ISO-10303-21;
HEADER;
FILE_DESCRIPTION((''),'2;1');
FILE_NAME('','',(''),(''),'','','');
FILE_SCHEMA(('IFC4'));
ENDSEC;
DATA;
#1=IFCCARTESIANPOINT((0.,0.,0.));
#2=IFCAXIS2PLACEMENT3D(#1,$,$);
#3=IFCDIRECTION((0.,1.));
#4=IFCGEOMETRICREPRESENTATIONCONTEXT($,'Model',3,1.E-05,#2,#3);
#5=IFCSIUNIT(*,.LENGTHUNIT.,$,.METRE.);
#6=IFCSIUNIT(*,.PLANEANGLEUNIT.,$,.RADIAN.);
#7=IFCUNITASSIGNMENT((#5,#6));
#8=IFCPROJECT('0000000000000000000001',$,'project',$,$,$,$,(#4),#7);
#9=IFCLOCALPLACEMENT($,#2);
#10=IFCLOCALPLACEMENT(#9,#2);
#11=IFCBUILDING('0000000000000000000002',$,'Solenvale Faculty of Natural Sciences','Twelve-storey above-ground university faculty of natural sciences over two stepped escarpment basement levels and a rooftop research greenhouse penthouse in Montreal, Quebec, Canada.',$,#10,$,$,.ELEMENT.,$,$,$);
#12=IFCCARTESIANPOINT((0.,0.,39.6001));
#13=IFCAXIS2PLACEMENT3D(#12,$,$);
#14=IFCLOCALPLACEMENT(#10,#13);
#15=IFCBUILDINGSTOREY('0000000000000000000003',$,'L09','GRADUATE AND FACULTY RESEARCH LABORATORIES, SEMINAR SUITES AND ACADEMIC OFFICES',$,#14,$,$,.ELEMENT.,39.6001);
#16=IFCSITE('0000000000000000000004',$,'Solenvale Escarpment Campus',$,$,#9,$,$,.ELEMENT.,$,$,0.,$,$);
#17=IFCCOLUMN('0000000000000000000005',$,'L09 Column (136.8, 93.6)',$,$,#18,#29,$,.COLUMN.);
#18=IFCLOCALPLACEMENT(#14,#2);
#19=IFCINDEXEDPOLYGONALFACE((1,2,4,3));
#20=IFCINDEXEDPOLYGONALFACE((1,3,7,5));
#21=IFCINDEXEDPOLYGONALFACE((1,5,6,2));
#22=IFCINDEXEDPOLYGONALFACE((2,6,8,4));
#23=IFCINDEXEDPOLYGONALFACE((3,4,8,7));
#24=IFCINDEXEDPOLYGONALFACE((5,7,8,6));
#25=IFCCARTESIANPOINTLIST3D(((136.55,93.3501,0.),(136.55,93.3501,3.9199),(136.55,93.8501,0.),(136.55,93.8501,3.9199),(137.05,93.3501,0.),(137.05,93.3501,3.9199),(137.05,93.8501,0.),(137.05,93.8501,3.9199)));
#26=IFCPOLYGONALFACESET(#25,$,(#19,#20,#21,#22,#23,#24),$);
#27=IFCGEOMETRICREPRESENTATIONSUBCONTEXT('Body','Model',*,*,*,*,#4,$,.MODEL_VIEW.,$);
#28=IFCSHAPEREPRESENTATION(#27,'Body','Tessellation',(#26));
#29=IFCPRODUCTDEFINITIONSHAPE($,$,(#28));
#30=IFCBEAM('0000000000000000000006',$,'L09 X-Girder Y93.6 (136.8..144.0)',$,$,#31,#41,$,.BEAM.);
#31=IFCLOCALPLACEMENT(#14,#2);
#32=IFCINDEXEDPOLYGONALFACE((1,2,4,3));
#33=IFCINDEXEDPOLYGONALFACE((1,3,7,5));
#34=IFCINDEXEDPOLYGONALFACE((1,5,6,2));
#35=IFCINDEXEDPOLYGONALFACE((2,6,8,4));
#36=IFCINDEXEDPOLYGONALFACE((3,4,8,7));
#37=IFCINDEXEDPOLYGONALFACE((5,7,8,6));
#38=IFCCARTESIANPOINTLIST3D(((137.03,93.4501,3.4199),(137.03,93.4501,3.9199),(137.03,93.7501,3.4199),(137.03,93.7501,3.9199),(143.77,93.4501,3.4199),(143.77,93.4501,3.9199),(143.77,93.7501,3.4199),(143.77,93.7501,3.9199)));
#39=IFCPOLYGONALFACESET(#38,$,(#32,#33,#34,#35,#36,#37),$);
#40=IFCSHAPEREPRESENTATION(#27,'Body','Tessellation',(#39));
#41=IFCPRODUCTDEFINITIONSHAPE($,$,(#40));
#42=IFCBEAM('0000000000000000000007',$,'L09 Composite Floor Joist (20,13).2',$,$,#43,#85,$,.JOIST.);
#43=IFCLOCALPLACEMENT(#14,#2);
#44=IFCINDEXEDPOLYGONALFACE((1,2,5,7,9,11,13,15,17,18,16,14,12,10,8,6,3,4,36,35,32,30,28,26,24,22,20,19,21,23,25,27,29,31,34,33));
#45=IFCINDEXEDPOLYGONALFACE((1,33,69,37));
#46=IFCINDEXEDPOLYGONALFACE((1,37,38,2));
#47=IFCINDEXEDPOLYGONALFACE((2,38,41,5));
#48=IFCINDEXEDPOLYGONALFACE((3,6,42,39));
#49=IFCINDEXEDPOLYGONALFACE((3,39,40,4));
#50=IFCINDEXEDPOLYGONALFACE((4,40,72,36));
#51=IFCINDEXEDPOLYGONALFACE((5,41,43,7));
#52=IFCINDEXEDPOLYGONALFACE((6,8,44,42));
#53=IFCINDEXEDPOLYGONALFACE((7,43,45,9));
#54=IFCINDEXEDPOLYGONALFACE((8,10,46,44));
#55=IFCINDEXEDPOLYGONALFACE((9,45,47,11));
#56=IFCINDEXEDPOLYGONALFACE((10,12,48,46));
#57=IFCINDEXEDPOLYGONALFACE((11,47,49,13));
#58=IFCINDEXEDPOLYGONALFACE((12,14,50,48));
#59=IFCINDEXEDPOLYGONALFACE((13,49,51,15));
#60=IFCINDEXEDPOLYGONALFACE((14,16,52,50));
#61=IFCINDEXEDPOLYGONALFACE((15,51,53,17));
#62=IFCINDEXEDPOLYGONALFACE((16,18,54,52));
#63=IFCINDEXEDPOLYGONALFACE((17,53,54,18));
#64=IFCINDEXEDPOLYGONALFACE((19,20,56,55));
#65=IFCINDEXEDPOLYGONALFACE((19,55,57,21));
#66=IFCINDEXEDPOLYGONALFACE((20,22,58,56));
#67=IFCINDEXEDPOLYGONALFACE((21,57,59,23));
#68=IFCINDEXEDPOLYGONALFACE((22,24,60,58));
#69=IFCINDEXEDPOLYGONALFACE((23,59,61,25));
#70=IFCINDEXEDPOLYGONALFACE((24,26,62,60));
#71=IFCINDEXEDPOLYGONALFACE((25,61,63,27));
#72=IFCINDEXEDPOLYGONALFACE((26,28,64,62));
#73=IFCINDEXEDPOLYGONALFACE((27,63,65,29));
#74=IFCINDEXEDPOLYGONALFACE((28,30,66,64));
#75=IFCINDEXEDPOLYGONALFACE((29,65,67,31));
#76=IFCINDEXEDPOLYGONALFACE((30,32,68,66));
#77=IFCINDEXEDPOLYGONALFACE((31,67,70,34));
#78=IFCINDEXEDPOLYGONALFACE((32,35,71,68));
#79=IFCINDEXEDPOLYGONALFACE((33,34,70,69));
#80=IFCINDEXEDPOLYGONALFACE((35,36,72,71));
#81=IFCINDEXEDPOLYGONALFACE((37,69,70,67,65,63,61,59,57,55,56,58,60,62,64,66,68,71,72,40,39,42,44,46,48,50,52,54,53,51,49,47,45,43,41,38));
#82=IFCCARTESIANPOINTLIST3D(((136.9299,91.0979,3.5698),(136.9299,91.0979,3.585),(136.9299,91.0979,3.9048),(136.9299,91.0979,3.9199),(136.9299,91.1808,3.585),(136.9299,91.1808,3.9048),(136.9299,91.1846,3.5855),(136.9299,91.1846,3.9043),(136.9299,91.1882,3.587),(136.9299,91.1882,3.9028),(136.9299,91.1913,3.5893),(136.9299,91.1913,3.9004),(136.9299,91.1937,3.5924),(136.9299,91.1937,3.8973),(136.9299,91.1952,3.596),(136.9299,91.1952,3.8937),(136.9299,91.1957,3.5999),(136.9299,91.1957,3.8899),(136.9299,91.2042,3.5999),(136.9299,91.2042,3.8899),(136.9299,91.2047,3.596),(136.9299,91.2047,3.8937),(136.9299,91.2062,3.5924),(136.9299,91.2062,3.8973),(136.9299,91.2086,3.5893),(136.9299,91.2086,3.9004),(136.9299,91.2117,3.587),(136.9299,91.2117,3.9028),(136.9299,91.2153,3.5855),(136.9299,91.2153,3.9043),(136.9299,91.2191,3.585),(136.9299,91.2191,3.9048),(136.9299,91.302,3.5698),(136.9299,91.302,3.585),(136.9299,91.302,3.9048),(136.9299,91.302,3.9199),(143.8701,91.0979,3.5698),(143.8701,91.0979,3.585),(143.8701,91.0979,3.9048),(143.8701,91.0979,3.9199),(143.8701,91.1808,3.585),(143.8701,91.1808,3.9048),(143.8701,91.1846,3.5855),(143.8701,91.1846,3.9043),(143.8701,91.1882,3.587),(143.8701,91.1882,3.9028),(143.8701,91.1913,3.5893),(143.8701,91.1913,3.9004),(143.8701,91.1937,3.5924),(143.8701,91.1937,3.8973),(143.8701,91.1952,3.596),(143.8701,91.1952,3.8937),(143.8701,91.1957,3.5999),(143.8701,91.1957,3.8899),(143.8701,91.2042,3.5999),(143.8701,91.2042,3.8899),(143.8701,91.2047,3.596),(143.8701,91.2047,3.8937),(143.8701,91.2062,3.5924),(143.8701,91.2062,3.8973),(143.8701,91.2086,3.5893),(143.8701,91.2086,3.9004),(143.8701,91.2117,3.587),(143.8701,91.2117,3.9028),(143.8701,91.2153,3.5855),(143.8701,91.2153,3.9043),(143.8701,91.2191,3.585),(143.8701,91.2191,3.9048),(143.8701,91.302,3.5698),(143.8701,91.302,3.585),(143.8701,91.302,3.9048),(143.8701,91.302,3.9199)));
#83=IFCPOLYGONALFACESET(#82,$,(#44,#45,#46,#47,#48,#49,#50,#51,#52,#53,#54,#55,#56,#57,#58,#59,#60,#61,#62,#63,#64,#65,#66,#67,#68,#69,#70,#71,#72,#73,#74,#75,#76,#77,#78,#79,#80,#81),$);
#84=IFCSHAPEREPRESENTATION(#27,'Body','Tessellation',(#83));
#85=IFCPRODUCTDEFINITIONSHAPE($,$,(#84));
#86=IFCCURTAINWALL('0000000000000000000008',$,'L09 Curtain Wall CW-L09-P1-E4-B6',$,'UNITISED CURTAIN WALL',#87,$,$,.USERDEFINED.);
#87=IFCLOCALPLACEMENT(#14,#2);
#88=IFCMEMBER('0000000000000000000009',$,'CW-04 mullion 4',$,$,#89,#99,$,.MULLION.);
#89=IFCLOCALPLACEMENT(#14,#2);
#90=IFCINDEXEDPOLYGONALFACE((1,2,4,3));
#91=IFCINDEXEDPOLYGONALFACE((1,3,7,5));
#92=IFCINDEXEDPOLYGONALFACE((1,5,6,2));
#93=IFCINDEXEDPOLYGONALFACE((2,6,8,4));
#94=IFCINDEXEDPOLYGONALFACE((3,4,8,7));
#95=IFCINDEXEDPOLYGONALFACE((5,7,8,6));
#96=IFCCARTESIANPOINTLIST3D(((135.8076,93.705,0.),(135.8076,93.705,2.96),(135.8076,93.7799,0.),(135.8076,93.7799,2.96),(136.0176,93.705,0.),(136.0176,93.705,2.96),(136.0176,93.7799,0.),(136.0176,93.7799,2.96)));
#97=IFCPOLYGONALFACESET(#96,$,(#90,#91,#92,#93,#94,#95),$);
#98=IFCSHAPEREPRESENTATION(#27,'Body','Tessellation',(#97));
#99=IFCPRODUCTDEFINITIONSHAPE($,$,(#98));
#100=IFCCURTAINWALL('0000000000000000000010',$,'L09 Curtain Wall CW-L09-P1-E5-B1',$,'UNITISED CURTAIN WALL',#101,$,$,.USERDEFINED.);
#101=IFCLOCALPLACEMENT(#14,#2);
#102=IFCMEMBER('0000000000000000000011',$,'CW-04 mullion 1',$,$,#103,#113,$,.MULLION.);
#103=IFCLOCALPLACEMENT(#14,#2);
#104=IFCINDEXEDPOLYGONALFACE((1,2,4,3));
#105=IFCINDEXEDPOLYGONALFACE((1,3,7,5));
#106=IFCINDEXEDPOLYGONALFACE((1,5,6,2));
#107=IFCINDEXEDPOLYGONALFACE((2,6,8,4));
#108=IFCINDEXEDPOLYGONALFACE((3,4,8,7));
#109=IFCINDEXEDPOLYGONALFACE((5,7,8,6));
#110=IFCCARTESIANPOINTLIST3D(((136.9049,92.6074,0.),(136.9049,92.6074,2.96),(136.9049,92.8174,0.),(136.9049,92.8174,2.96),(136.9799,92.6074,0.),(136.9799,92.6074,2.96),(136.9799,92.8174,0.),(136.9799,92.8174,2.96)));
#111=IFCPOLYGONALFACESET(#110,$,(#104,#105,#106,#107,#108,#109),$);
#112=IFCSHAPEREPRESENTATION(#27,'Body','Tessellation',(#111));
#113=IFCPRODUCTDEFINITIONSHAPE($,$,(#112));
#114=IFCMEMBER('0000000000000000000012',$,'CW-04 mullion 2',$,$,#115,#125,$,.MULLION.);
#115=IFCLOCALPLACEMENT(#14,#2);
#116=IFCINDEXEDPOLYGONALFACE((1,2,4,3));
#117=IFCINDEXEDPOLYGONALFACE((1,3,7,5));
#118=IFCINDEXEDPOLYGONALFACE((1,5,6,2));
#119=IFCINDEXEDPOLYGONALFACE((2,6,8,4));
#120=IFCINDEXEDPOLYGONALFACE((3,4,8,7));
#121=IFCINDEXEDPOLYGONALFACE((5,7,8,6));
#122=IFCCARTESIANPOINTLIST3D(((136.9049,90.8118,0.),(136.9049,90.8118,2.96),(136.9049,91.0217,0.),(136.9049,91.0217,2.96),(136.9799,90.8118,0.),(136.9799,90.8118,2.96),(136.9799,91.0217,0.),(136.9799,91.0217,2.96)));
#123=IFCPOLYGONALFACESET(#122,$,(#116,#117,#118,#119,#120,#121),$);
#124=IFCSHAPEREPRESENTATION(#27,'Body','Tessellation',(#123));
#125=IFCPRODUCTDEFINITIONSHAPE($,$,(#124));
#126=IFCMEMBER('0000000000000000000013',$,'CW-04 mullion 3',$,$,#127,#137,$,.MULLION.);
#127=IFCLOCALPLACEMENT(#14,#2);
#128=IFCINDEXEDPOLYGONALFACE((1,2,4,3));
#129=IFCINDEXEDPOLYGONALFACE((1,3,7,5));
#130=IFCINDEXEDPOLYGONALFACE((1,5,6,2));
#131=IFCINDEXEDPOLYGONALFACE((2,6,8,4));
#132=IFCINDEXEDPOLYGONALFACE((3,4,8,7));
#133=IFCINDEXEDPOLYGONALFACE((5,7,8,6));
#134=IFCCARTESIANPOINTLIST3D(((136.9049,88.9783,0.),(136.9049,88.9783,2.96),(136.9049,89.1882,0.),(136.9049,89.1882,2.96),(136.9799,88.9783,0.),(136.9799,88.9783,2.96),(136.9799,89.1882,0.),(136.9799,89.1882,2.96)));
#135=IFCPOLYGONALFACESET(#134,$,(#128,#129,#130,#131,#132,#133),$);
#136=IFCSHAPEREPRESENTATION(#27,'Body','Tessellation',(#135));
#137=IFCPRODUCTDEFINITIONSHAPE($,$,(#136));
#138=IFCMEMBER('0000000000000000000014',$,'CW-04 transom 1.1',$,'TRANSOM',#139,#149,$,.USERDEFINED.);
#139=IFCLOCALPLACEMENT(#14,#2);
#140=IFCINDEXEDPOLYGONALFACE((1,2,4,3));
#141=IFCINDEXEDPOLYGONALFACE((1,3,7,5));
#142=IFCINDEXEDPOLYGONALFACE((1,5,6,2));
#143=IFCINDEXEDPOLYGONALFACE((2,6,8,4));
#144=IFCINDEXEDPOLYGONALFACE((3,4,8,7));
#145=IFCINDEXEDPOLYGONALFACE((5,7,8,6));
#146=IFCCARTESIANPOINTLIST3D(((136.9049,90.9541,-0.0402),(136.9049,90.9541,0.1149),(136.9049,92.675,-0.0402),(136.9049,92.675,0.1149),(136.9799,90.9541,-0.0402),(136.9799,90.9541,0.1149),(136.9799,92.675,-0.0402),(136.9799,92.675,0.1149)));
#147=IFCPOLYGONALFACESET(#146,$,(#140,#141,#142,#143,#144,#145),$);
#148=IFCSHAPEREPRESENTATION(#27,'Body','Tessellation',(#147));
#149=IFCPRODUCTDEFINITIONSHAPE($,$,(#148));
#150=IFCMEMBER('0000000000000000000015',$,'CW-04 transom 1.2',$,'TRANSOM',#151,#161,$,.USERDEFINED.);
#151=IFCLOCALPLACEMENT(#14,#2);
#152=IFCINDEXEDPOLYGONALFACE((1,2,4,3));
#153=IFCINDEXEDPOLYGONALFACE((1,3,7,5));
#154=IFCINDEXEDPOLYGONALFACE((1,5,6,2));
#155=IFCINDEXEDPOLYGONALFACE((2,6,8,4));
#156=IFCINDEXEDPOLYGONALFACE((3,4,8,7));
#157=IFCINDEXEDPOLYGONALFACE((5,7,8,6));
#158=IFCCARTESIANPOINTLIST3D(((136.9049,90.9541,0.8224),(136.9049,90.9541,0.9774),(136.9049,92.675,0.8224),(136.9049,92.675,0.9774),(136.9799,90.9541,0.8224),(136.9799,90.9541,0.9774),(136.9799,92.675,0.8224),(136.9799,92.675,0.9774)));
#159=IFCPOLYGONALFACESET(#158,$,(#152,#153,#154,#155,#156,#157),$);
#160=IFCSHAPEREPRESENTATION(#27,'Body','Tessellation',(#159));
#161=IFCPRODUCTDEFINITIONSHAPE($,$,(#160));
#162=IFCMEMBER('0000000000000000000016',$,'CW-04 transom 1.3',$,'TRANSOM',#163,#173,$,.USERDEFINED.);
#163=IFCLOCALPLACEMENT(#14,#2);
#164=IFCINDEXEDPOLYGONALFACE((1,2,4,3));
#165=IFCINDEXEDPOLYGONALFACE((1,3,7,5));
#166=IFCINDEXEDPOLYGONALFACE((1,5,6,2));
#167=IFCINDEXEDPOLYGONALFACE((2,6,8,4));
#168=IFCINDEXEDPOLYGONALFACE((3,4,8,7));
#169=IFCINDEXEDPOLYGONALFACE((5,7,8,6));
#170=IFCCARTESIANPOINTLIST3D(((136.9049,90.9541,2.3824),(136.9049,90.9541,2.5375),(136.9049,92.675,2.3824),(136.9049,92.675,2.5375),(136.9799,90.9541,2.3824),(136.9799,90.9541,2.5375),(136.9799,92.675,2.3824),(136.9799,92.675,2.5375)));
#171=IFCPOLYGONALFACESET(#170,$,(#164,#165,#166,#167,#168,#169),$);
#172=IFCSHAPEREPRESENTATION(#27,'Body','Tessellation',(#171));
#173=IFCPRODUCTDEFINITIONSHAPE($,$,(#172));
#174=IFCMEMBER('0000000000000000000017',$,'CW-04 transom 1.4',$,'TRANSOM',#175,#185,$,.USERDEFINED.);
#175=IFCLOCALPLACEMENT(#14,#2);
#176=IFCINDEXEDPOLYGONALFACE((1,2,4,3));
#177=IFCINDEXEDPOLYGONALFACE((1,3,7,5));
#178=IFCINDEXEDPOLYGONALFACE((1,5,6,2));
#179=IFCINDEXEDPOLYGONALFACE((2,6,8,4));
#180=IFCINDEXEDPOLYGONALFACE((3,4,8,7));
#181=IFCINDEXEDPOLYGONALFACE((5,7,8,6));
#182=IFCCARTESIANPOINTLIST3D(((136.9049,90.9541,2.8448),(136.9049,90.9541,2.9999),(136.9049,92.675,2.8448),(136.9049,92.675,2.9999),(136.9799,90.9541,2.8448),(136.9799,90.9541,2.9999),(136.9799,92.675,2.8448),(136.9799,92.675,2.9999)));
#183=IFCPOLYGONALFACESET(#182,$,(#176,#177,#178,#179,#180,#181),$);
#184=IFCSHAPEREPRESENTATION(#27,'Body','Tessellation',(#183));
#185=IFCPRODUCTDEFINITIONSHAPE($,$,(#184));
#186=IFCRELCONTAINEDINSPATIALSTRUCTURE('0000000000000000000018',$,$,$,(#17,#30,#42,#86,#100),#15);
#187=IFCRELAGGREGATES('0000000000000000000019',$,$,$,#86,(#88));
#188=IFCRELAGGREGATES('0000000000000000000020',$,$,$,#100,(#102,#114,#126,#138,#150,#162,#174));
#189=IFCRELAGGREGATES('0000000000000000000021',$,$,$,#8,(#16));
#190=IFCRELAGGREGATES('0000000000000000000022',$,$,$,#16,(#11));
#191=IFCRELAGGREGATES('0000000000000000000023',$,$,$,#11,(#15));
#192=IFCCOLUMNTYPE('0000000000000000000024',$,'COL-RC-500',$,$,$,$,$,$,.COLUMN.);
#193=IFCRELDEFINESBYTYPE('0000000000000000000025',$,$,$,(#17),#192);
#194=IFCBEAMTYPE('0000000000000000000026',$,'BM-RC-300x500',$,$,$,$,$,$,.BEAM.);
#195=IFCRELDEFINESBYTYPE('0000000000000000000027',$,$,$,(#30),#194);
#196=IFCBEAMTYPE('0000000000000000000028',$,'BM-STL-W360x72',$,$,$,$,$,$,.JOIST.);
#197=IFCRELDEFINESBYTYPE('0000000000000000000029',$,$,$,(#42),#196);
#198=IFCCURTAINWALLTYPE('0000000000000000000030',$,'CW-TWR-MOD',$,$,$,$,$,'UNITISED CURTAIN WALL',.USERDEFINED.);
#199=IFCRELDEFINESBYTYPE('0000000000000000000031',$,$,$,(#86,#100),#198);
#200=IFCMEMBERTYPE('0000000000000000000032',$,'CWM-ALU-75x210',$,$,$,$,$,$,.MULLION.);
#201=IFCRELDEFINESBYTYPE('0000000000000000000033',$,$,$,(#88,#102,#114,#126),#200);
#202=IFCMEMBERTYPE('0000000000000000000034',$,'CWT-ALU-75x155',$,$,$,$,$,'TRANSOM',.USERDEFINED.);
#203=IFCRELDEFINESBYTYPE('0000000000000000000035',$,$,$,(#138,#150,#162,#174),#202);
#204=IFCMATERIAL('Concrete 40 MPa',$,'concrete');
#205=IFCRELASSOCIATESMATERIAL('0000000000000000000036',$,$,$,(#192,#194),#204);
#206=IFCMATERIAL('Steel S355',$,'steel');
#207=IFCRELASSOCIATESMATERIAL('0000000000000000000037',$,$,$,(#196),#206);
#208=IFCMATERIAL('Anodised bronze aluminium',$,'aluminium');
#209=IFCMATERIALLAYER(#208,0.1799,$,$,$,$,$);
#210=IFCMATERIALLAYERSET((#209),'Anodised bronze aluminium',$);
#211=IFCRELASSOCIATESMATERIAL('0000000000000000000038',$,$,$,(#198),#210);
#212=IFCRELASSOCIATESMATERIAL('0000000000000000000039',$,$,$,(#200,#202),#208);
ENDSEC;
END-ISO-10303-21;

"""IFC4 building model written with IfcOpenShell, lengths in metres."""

from ifc_helpers import new_model, si_unit, direction, frame, origin, origin_2d, place, context, subcontext, project, spatial, rectangle, i_section, extrude, material, layer, layer_set, material_profile, profile_set, type_object, element, aggregate, save


model = new_model("IFC4")

# Units and contexts
model_context = context("Model", 3, precision=1e-05, world=origin(), true_north=direction((0.0, 1.0)))
body_context = subcontext(model_context, "Body", "Model", "MODEL_VIEW")
ifc_project = project(units=[si_unit("LENGTHUNIT", "METRE"), si_unit("PLANEANGLEUNIT", "RADIAN")], contexts=[model_context])

# Site, building, storey
site_placement = place(None, origin())
site = spatial("IfcSite", under=ifc_project, at=site_placement, Name="Solenvale Escarpment Campus", CompositionType="ELEMENT", RefElevation=0.0)
building_placement = place(site_placement, origin())
building = spatial("IfcBuilding", under=site, at=building_placement, Name="Solenvale Faculty of Natural Sciences", Description="Twelve-storey above-ground university faculty of natural sciences over two stepped escarpment basement levels and a rooftop research greenhouse penthouse in Montreal, Quebec, Canada.", CompositionType="ELEMENT")
storey_placement = place(building_placement, frame((0.0, 0.0, 39.6001)))
storey = spatial("IfcBuildingStorey", under=building, at=storey_placement, Name="L09", Description="GRADUATE AND FACULTY RESEARCH LABORATORIES, SEMINAR SUITES AND ACADEMIC OFFICES", CompositionType="ELEMENT", Elevation=39.6001)

# Column
ifc_material_1 = material(Name="Concrete 40 MPa", Category="concrete")
ifc_material_profile_1 = material_profile(ifc_material_1, rectangle(XDim=0.5, YDim=0.5, at=origin_2d()), Name="RC-COL-500x500")
ifc_profile_set_1 = profile_set([ifc_material_profile_1], Name="Concrete 40 MPa")
column_type = type_object("IfcColumnType", Name="COL-RC-500", PredefinedType="COLUMN", material=ifc_profile_set_1)
column_placement = place(storey_placement, frame((136.8, 93.6001, 0.0), z_axis=(0.0, 0.0, 1.0), x_axis=(1.0, 0.0, 0.0)))
element("IfcColumn", 1, at=column_placement, inside=storey, type_object=column_type, Name="L09 Column (136.8, 93.6)", PredefinedType="COLUMN", context=body_context, shape_type="SweptSolid", body=[
    extrude(rectangle(XDim=0.5, YDim=0.5, at=origin_2d()), origin(), (0.0, 0.0, 1.0), 3.9199),
])

# Beams
ifc_material_profile_2 = material_profile(ifc_material_1, rectangle(XDim=0.3, YDim=0.5, at=origin_2d()), Name="RC-BM-300x500")
ifc_profile_set_2 = profile_set([ifc_material_profile_2], Name="Concrete 40 MPa")
beam_type_1 = type_object("IfcBeamType", Name="BM-RC-300x500", PredefinedType="BEAM", material=ifc_profile_set_2)
beam_1_placement = place(storey_placement, frame((137.03, 93.6001, 3.6699), z_axis=(1.0, 0.0, 0.0), x_axis=(0.0, 1.0, 0.0)))
element("IfcBeam", 2, at=beam_1_placement, inside=storey, type_object=beam_type_1, Name="L09 X-Girder Y93.6 (136.8..144.0)", PredefinedType="BEAM", context=body_context, shape_type="SweptSolid", body=[
    extrude(rectangle(XDim=0.3, YDim=0.5, at=origin_2d()), origin(), (0.0, 0.0, 1.0), 6.74),
])
ifc_material_2 = material(Name="Steel S355", Category="steel")
ifc_material_profile_3 = material_profile(ifc_material_2, i_section(OverallWidth=0.2041, OverallDepth=0.3501, WebThickness=0.0085, FlangeThickness=0.0151, FilletRadius=0.0149, at=origin_2d()), Name="W360x72")
ifc_profile_set_3 = profile_set([ifc_material_profile_3], Name="Steel S355")
beam_type_2 = type_object("IfcBeamType", Name="BM-STL-W360x72", PredefinedType="JOIST", material=ifc_profile_set_3)
beam_2_placement = place(storey_placement, frame((136.9299, 91.2, 3.7449), z_axis=(1.0, 0.0, 0.0), x_axis=(0.0, 1.0, 0.0)))
element("IfcBeam", 3, at=beam_2_placement, inside=storey, type_object=beam_type_2, Name="L09 Composite Floor Joist (20,13).2", PredefinedType="JOIST", context=body_context, shape_type="SweptSolid", body=[
    extrude(i_section(OverallWidth=0.2041, OverallDepth=0.3501, WebThickness=0.0085, FlangeThickness=0.0151, FilletRadius=0.0149, at=origin_2d()), origin(), (0.0, 0.0, 1.0), 6.9402),
])

# Curtain wall, member
ifc_material_3 = material(Name="Anodised bronze aluminium", Category="aluminium")
ifc_layer_1 = layer(ifc_material_3, 0.1799)
ifc_layer_set_1 = layer_set([ifc_layer_1], Name="Anodised bronze aluminium")
curtain_wall_type = type_object("IfcCurtainWallType", Name="CW-TWR-MOD", ElementType="UNITISED CURTAIN WALL", PredefinedType="USERDEFINED", material=ifc_layer_set_1)
curtain_wall_1_placement = place(storey_placement, origin())
curtain_wall_1 = element("IfcCurtainWall", 4, at=curtain_wall_1_placement, inside=storey, type_object=curtain_wall_type, Name="L09 Curtain Wall CW-L09-P1-E4-B6", ObjectType="UNITISED CURTAIN WALL", PredefinedType="USERDEFINED")
ifc_material_profile_4 = material_profile(ifc_material_3, rectangle(XDim=0.075, YDim=0.21, at=origin_2d()), Name="ALU-MUL-75x210")
ifc_profile_set_4 = profile_set([ifc_material_profile_4], Name="Anodised bronze aluminium")
member_type_1 = type_object("IfcMemberType", Name="CWM-ALU-75x210", PredefinedType="MULLION", material=ifc_profile_set_4)
member_1_placement = place(storey_placement, frame((135.9126, 93.7424, 0.0), z_axis=(0.0, 0.0, 1.0), x_axis=(0.0, 1.0, 0.0)))
member_1 = element("IfcMember", 5, at=member_1_placement, type_object=member_type_1, Name="CW-04 mullion 4", PredefinedType="MULLION", context=body_context, shape_type="SweptSolid", body=[
    extrude(rectangle(XDim=0.075, YDim=0.21, at=origin_2d()), origin(), (0.0, 0.0, 1.0), 2.96),
])
aggregate(curtain_wall_1, [member_1])

# Curtain wall, members
curtain_wall_2_placement = place(storey_placement, origin())
curtain_wall_2 = element("IfcCurtainWall", 6, at=curtain_wall_2_placement, inside=storey, type_object=curtain_wall_type, Name="L09 Curtain Wall CW-L09-P1-E5-B1", ObjectType="UNITISED CURTAIN WALL", PredefinedType="USERDEFINED")
member_2_placement = place(storey_placement, frame((136.9424, 92.7124, 0.0), z_axis=(0.0, 0.0, 1.0), x_axis=(1.0, 0.0, 0.0)))
member_2 = element("IfcMember", 7, at=member_2_placement, type_object=member_type_1, Name="CW-04 mullion 1", PredefinedType="MULLION", context=body_context, shape_type="SweptSolid", body=[
    extrude(rectangle(XDim=0.075, YDim=0.21, at=origin_2d()), origin(), (0.0, 0.0, 1.0), 2.96),
])
member_3_placement = place(storey_placement, frame((136.9424, 90.9167, 0.0), z_axis=(0.0, 0.0, 1.0), x_axis=(1.0, 0.0, 0.0)))
member_3 = element("IfcMember", 8, at=member_3_placement, type_object=member_type_1, Name="CW-04 mullion 2", PredefinedType="MULLION", context=body_context, shape_type="SweptSolid", body=[
    extrude(rectangle(XDim=0.075, YDim=0.21, at=origin_2d()), origin(), (0.0, 0.0, 1.0), 2.96),
])
member_4_placement = place(storey_placement, frame((136.9424, 89.0833, 0.0), z_axis=(0.0, 0.0, 1.0), x_axis=(1.0, 0.0, 0.0)))
member_4 = element("IfcMember", 9, at=member_4_placement, type_object=member_type_1, Name="CW-04 mullion 3", PredefinedType="MULLION", context=body_context, shape_type="SweptSolid", body=[
    extrude(rectangle(XDim=0.075, YDim=0.21, at=origin_2d()), origin(), (0.0, 0.0, 1.0), 2.96),
])
ifc_material_profile_5 = material_profile(ifc_material_3, rectangle(XDim=0.075, YDim=0.155, at=origin_2d()), Name="ALU-TRN-75x155")
ifc_profile_set_5 = profile_set([ifc_material_profile_5], Name="Anodised bronze aluminium")
member_type_2 = type_object("IfcMemberType", Name="CWT-ALU-75x155", ElementType="TRANSOM", PredefinedType="USERDEFINED", material=ifc_profile_set_5)
member_5_placement = place(storey_placement, frame((136.9424, 92.675, 0.0374), z_axis=(0.0, -1.0, 0.0), x_axis=(1.0, 0.0, 0.0)))
member_5 = element("IfcMember", 10, at=member_5_placement, type_object=member_type_2, Name="CW-04 transom 1.1", ObjectType="TRANSOM", PredefinedType="USERDEFINED", context=body_context, shape_type="SweptSolid", body=[
    extrude(rectangle(XDim=0.075, YDim=0.155, at=origin_2d()), origin(), (0.0, 0.0, 1.0), 1.7209),
])
member_6_placement = place(storey_placement, frame((136.9424, 92.675, 0.8999), z_axis=(0.0, -1.0, 0.0), x_axis=(1.0, 0.0, 0.0)))
member_6 = element("IfcMember", 11, at=member_6_placement, type_object=member_type_2, Name="CW-04 transom 1.2", ObjectType="TRANSOM", PredefinedType="USERDEFINED", context=body_context, shape_type="SweptSolid", body=[
    extrude(rectangle(XDim=0.075, YDim=0.155, at=origin_2d()), origin(), (0.0, 0.0, 1.0), 1.7209),
])
member_7_placement = place(storey_placement, frame((136.9424, 92.675, 2.46), z_axis=(0.0, -1.0, 0.0), x_axis=(1.0, 0.0, 0.0)))
member_7 = element("IfcMember", 12, at=member_7_placement, type_object=member_type_2, Name="CW-04 transom 1.3", ObjectType="TRANSOM", PredefinedType="USERDEFINED", context=body_context, shape_type="SweptSolid", body=[
    extrude(rectangle(XDim=0.075, YDim=0.155, at=origin_2d()), origin(), (0.0, 0.0, 1.0), 1.7209),
])
member_8_placement = place(storey_placement, frame((136.9424, 92.675, 2.9224), z_axis=(0.0, -1.0, 0.0), x_axis=(1.0, 0.0, 0.0)))
member_8 = element("IfcMember", 13, at=member_8_placement, type_object=member_type_2, Name="CW-04 transom 1.4", ObjectType="TRANSOM", PredefinedType="USERDEFINED", context=body_context, shape_type="SweptSolid", body=[
    extrude(rectangle(XDim=0.075, YDim=0.155, at=origin_2d()), origin(), (0.0, 0.0, 1.0), 1.7209),
])
aggregate(curtain_wall_2, [member_2, member_3, member_4, member_5, member_6, member_7, member_8])

save(model, "model.ifc")
